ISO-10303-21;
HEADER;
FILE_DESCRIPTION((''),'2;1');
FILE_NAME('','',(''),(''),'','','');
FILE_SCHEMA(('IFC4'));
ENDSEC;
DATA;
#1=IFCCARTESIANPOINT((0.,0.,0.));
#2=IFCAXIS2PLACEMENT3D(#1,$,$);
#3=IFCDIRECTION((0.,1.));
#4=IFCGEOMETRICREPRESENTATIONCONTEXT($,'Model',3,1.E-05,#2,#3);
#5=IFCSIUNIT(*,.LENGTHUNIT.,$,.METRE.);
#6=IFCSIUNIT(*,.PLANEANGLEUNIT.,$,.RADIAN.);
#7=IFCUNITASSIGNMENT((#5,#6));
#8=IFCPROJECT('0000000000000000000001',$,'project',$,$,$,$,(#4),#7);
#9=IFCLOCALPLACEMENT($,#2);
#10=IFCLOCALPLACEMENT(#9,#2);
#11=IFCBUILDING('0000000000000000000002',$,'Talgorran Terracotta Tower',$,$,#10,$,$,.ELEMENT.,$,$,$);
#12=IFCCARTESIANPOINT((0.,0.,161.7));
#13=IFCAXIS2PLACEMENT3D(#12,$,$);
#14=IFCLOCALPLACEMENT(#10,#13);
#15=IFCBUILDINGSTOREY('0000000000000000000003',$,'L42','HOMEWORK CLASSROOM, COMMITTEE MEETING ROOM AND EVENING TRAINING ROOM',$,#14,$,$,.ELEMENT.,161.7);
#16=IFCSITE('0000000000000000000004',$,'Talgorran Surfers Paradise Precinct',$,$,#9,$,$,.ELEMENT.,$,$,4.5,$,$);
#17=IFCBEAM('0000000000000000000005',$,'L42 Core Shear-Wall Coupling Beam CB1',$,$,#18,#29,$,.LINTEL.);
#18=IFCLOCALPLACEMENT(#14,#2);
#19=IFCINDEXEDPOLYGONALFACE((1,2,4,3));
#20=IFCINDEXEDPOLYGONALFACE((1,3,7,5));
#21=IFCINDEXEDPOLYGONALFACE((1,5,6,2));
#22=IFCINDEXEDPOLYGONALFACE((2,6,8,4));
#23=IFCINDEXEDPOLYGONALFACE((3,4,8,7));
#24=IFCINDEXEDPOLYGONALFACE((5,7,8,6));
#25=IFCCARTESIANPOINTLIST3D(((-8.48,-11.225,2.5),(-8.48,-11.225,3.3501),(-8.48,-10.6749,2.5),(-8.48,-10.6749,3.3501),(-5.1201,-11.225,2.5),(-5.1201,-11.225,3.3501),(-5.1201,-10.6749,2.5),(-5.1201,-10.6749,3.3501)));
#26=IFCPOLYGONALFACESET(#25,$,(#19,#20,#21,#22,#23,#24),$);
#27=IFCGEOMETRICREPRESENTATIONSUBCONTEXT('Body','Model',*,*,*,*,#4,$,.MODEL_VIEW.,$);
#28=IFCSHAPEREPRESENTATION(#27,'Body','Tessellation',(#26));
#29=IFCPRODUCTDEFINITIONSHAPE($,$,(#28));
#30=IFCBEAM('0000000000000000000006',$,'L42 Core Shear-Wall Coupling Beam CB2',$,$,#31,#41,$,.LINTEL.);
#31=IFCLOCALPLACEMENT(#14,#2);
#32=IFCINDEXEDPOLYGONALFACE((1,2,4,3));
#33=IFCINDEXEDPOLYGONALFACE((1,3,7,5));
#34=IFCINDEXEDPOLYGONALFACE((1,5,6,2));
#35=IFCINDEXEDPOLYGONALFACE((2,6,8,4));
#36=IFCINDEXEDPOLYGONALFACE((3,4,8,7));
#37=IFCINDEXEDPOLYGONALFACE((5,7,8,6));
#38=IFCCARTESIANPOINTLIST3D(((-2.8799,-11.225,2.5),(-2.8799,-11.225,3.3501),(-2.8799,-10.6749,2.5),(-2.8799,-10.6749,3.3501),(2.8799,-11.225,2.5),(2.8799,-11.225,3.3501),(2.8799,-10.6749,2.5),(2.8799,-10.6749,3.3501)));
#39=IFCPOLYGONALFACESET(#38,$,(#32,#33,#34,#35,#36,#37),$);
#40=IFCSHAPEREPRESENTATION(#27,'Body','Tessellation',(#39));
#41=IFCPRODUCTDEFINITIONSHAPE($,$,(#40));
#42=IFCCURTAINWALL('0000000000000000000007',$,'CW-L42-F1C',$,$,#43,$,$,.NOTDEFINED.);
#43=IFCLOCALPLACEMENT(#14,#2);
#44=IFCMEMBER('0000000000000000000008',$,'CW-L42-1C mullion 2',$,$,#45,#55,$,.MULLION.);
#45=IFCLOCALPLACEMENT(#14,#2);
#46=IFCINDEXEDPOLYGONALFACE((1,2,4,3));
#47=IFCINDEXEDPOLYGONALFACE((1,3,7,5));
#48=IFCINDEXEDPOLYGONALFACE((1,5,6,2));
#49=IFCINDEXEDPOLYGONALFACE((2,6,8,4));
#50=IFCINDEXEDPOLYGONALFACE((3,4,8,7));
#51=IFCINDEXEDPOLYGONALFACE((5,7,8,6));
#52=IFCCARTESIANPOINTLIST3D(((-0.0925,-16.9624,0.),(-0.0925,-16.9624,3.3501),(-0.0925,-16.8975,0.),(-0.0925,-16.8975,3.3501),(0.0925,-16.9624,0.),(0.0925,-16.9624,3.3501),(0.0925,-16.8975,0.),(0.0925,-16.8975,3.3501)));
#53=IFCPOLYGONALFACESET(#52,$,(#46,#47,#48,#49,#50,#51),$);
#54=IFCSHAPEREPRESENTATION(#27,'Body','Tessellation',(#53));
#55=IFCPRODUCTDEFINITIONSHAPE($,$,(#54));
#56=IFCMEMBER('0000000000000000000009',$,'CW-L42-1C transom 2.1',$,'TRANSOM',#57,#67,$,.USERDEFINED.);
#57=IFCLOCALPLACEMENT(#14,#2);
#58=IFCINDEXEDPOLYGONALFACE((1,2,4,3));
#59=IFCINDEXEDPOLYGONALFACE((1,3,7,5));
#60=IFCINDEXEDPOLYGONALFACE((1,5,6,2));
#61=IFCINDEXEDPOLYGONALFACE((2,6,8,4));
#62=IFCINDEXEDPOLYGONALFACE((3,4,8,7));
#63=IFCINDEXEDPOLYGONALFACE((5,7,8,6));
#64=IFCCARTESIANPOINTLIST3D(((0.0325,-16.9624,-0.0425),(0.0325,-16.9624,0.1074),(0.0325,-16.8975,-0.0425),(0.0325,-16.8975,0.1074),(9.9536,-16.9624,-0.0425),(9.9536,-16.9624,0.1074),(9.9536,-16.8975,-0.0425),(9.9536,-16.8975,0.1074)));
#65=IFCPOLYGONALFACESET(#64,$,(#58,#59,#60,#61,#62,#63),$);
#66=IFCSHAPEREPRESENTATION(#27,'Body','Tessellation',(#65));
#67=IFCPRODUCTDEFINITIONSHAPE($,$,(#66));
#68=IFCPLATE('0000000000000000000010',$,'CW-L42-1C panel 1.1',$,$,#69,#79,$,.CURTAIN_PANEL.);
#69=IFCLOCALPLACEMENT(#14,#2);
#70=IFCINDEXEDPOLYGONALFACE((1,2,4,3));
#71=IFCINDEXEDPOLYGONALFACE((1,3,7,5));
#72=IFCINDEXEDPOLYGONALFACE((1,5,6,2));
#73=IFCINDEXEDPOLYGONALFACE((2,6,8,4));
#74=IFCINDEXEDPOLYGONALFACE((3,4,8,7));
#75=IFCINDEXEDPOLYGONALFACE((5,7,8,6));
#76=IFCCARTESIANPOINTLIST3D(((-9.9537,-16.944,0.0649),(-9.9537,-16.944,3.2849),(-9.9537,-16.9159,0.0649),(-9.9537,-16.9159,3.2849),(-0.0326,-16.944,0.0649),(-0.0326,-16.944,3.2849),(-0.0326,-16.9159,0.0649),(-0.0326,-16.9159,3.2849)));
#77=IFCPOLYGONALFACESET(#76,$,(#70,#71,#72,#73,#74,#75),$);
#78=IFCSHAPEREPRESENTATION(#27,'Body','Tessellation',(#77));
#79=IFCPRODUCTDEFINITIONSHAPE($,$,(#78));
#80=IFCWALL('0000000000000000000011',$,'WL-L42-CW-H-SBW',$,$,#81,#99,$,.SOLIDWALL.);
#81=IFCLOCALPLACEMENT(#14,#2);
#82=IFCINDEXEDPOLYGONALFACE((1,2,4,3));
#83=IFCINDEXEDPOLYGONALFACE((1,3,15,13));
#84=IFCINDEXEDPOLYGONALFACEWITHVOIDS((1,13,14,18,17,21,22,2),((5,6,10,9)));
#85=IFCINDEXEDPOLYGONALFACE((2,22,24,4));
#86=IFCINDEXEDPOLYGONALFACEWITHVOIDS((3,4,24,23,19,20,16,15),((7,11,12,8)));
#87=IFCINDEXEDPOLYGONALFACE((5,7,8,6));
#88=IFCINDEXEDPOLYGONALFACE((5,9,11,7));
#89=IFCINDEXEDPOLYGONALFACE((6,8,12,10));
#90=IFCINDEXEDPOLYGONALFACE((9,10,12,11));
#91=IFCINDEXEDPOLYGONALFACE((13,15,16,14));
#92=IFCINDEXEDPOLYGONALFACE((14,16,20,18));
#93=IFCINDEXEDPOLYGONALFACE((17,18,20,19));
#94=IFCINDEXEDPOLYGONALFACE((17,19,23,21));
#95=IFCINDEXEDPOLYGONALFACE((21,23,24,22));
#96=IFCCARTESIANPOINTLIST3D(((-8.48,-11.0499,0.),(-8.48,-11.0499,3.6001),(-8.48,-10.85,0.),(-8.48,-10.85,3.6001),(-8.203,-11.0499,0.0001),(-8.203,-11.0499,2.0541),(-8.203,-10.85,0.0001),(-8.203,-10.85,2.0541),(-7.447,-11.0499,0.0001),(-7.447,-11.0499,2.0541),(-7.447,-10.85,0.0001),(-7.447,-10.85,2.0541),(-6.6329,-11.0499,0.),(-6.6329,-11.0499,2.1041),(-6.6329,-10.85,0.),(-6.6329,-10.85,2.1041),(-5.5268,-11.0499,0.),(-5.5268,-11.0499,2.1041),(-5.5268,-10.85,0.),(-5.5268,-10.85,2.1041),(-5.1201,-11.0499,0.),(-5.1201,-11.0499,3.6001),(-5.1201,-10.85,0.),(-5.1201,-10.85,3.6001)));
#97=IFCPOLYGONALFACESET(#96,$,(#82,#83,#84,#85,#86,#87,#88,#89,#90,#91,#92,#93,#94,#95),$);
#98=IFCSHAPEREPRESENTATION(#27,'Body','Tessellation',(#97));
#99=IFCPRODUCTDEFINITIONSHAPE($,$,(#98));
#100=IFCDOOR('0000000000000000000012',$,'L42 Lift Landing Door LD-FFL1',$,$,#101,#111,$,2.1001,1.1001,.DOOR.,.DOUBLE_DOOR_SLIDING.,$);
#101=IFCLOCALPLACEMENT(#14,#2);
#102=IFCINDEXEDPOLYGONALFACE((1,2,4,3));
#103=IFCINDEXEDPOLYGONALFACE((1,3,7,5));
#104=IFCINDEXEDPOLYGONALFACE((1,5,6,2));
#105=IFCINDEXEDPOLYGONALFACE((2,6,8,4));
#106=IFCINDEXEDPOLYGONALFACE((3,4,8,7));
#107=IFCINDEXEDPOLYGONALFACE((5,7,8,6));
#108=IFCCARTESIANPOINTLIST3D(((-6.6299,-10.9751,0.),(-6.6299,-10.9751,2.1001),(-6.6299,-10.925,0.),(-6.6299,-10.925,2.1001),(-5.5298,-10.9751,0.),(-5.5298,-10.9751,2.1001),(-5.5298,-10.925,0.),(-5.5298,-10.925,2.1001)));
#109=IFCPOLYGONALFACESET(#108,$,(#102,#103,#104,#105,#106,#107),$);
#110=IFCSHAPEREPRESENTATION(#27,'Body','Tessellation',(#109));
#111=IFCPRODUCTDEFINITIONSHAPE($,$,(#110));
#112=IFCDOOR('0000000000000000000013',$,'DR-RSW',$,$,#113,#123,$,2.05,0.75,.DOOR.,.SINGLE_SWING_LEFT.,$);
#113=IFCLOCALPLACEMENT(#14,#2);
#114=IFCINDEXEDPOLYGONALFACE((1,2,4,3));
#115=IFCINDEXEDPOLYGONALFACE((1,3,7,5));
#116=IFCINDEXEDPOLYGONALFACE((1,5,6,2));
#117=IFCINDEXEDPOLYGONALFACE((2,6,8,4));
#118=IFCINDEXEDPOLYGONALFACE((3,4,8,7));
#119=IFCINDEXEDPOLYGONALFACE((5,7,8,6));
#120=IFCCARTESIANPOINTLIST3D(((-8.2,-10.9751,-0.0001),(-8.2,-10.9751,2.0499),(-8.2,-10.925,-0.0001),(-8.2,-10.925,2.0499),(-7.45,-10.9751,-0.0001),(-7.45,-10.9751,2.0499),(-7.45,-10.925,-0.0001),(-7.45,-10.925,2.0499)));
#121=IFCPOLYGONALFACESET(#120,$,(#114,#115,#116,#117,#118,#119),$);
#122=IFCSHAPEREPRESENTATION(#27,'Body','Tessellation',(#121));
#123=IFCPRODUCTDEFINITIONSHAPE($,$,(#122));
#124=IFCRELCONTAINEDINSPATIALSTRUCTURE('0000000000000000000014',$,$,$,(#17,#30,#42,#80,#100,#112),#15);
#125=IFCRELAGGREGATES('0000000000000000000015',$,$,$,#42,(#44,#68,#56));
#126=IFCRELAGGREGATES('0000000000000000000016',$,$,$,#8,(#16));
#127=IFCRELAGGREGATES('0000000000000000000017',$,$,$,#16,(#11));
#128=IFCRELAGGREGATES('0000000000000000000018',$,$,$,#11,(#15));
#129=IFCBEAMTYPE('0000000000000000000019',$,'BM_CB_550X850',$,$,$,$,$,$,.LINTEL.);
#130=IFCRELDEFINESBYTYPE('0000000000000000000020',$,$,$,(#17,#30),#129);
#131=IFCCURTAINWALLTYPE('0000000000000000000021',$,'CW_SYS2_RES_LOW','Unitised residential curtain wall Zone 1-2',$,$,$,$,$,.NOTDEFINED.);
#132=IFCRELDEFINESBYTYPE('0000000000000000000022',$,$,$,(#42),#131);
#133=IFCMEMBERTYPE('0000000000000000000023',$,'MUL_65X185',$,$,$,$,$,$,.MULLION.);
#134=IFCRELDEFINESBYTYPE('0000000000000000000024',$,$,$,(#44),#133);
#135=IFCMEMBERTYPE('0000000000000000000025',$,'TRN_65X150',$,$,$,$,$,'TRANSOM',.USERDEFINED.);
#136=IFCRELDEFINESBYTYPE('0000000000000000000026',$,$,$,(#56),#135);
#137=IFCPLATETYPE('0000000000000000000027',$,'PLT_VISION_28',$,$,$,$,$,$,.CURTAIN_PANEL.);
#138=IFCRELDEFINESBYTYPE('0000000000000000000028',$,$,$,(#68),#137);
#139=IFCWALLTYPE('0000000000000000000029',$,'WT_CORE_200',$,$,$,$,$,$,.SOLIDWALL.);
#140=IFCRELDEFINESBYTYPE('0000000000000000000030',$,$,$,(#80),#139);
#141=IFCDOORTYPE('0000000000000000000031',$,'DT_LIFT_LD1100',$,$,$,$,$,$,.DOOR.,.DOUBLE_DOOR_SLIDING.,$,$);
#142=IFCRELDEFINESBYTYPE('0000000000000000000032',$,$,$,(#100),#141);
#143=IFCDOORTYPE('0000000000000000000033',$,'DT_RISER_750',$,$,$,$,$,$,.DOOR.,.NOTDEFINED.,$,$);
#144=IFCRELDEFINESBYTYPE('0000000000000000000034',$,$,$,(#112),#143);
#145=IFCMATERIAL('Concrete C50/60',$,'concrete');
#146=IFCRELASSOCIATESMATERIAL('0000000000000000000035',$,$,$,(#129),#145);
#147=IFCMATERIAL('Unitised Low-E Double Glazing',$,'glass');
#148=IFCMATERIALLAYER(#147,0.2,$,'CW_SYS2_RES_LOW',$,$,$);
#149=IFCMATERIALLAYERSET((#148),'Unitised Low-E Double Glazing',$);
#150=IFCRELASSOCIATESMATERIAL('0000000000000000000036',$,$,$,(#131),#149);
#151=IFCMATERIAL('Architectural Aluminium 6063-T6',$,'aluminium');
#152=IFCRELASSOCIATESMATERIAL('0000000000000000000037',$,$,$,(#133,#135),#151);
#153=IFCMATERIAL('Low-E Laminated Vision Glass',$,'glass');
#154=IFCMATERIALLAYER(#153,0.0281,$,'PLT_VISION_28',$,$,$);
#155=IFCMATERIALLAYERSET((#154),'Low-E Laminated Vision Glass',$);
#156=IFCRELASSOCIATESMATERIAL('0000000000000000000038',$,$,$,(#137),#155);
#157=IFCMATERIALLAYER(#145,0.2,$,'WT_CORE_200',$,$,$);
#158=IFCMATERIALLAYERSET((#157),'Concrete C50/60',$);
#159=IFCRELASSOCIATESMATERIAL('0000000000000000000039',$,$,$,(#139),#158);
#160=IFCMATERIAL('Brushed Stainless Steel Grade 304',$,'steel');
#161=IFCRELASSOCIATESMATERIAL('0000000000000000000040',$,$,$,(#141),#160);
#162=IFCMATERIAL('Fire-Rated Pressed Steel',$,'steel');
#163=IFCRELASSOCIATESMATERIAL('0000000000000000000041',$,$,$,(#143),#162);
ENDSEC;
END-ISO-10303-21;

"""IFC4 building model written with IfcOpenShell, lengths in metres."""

from ifc_helpers import new_model, si_unit, direction, frame, frame_2d, origin, origin_2d, place, context, subcontext, project, spatial, rectangle, extrude, source, transform, mapped, material, layer, layer_set, material_profile, profile_set, type_object, type_shapes, element, fill, aggregate, save


model = new_model("IFC4")

# Units and contexts
model_context = context("Model", 3, precision=1e-05, world=origin(), true_north=direction((0.0, 1.0)))
body_context = subcontext(model_context, "Body", "Model", "MODEL_VIEW")
ifc_project = project(units=[si_unit("LENGTHUNIT", "METRE"), si_unit("PLANEANGLEUNIT", "RADIAN")], contexts=[model_context])

# Site, building, storey
site_placement = place(None, origin())
site = spatial("IfcSite", under=ifc_project, at=site_placement, Name="Talgorran Surfers Paradise Precinct", CompositionType="ELEMENT", RefElevation=4.5)
building_placement = place(site_placement, origin())
building = spatial("IfcBuilding", under=site, at=building_placement, Name="Talgorran Terracotta Tower", CompositionType="ELEMENT")
storey_placement = place(building_placement, frame((0.0, 0.0, 161.7)))
storey = spatial("IfcBuildingStorey", under=building, at=storey_placement, Name="L42", Description="HOMEWORK CLASSROOM, COMMITTEE MEETING ROOM AND EVENING TRAINING ROOM", CompositionType="ELEMENT", Elevation=161.7)

# Beams
ifc_material_1 = material(Name="Concrete C50/60", Category="concrete")
ifc_material_profile_1 = material_profile(ifc_material_1, rectangle(XDim=0.55, YDim=0.8501, at=origin_2d()), Name="RCCB550X850")
ifc_profile_set_1 = profile_set([ifc_material_profile_1], Name="Concrete C50/60")
beam_type = type_object("IfcBeamType", Name="BM_CB_550X850", PredefinedType="LINTEL", material=ifc_profile_set_1)
beam_1_placement = place(storey_placement, frame((-8.48, -10.95, 2.925), z_axis=(1.0, 0.0, 0.0), x_axis=(0.0, 1.0, 0.0)))
element("IfcBeam", 1, at=beam_1_placement, inside=storey, type_object=beam_type, Name="L42 Core Shear-Wall Coupling Beam CB1", PredefinedType="LINTEL", context=body_context, shape_type="SweptSolid", body=[
    extrude(rectangle(XDim=0.55, YDim=0.8501, at=origin_2d()), origin(), (0.0, 0.0, 1.0), 3.3599),
])
beam_2_placement = place(storey_placement, frame((-2.8799, -10.95, 2.925), z_axis=(1.0, 0.0, 0.0), x_axis=(0.0, 1.0, 0.0)))
element("IfcBeam", 2, at=beam_2_placement, inside=storey, type_object=beam_type, Name="L42 Core Shear-Wall Coupling Beam CB2", PredefinedType="LINTEL", context=body_context, shape_type="SweptSolid", body=[
    extrude(rectangle(XDim=0.55, YDim=0.8501, at=origin_2d()), origin(), (0.0, 0.0, 1.0), 5.7598),
])

# Curtain wall, members, plate
ifc_material_2 = material(Name="Unitised Low-E Double Glazing", Category="glass")
ifc_layer_1 = layer(ifc_material_2, 0.2, Name="CW_SYS2_RES_LOW")
ifc_layer_set_1 = layer_set([ifc_layer_1], Name="Unitised Low-E Double Glazing")
curtain_wall_type = type_object("IfcCurtainWallType", Name="CW_SYS2_RES_LOW", Description="Unitised residential curtain wall Zone 1-2", PredefinedType="NOTDEFINED", material=ifc_layer_set_1)
curtain_wall_placement = place(storey_placement, origin())
curtain_wall = element("IfcCurtainWall", 3, at=curtain_wall_placement, inside=storey, type_object=curtain_wall_type, Name="CW-L42-F1C", PredefinedType="NOTDEFINED")
ifc_material_3 = material(Name="Architectural Aluminium 6063-T6", Category="aluminium")
ifc_material_profile_2 = material_profile(ifc_material_3, rectangle(XDim=0.0649, YDim=0.1851, at=origin_2d()), Name="CWM65X185")
ifc_profile_set_2 = profile_set([ifc_material_profile_2], Name="Architectural Aluminium 6063-T6")
member_type_1 = type_object("IfcMemberType", Name="MUL_65X185", PredefinedType="MULLION", material=ifc_profile_set_2)
member_1_placement = place(storey_placement, frame((0.0, -16.9299, 0.0), z_axis=(0.0, 0.0, 1.0), x_axis=(0.0, 1.0, 0.0)))
member_1 = element("IfcMember", 4, at=member_1_placement, type_object=member_type_1, Name="CW-L42-1C mullion 2", PredefinedType="MULLION", context=body_context, shape_type="SweptSolid", body=[
    extrude(rectangle(XDim=0.0649, YDim=0.1851, at=origin_2d()), origin(), (0.0, 0.0, 1.0), 3.3501),
])
ifc_material_profile_3 = material_profile(ifc_material_3, rectangle(XDim=0.0649, YDim=0.1499, at=origin_2d()), Name="CWT65X150")
ifc_profile_set_3 = profile_set([ifc_material_profile_3], Name="Architectural Aluminium 6063-T6")
member_type_2 = type_object("IfcMemberType", Name="TRN_65X150", ElementType="TRANSOM", PredefinedType="USERDEFINED", material=ifc_profile_set_3)
member_2_placement = place(storey_placement, frame((0.0325, -16.9299, 0.0325), z_axis=(1.0, 0.0, 0.0), x_axis=(0.0, 1.0, 0.0)))
member_2 = element("IfcMember", 5, at=member_2_placement, type_object=member_type_2, Name="CW-L42-1C transom 2.1", ObjectType="TRANSOM", PredefinedType="USERDEFINED", context=body_context, shape_type="SweptSolid", body=[
    extrude(rectangle(XDim=0.0649, YDim=0.1499, at=origin_2d()), origin(), (0.0, 0.0, 1.0), 9.9211),
])
ifc_material_4 = material(Name="Low-E Laminated Vision Glass", Category="glass")
ifc_layer_2 = layer(ifc_material_4, 0.0281, Name="PLT_VISION_28")
ifc_layer_set_2 = layer_set([ifc_layer_2], Name="Low-E Laminated Vision Glass")
plate_type = type_object("IfcPlateType", Name="PLT_VISION_28", PredefinedType="CURTAIN_PANEL", material=ifc_layer_set_2)
shared_shape = source(origin(), body_context, "Body", "SweptSolid", [
    extrude(rectangle(XDim=9.9211, YDim=0.0281, at=origin_2d()), origin(), (0.0, 0.0, 1.0), 3.22),
])
type_shapes(plate_type, [shared_shape])
plate_placement = place(storey_placement, frame((-4.9932, -16.9299, 0.0649), z_axis=(0.0, 0.0, 1.0), x_axis=(1.0, 0.0, 0.0)))
plate = element("IfcPlate", 6, at=plate_placement, type_object=plate_type, Name="CW-L42-1C panel 1.1", PredefinedType="CURTAIN_PANEL", context=body_context, shape_type="MappedRepresentation", body=[
    mapped(shared_shape, transform((0.0, 0.0, 0.0), scale=1.0)),
])
aggregate(curtain_wall, [member_1, plate, member_2])

# Wall, openings, doors
ifc_layer_3 = layer(ifc_material_1, 0.2, Name="WT_CORE_200")
ifc_layer_set_3 = layer_set([ifc_layer_3], Name="Concrete C50/60")
wall_type_1 = type_object("IfcWallType", Name="WT_CORE_200", PredefinedType="SOLIDWALL", material=ifc_layer_set_3)
wall_1_placement = place(storey_placement, frame((-8.48, -10.95, 0.0), z_axis=(0.0, 0.0, 1.0), x_axis=(1.0, 0.0, 0.0)))
wall_1 = element("IfcWall", 7, at=wall_1_placement, inside=storey, type_object=wall_type_1, Name="WL-L42-CW-H-SBW", PredefinedType="SOLIDWALL", context=body_context, shape_type="SweptSolid", body=[
    extrude(rectangle(XDim=3.3599, YDim=0.2, at=frame_2d((1.6799, 0.0))), origin(), (0.0, 0.0, 1.0), 3.6001),
])
opening_1_placement = place(wall_1_placement, frame((0.28, 0.0, 0.0)))
opening_1 = element("IfcOpeningElement", 8, at=opening_1_placement, cuts=wall_1, PredefinedType="OPENING", context=body_context, shape_type="SweptSolid", body=[
    extrude(rectangle(XDim=0.756, YDim=2.054, at=frame_2d((0.375, 1.0271))), frame((0.0, 0.1099, 0.0), z_axis=(0.0, -1.0, 0.0), x_axis=(1.0, 0.0, 0.0)), (0.0, 0.0, 1.0), 0.22),
])
opening_2_placement = place(wall_1_placement, frame((1.8501, 0.0, 0.0)))
opening_2 = element("IfcOpeningElement", 9, at=opening_2_placement, cuts=wall_1, PredefinedType="OPENING", context=body_context, shape_type="SweptSolid", body=[
    extrude(rectangle(XDim=1.1061, YDim=2.1041, at=frame_2d((0.55, 1.052))), frame((0.0, 0.1099, 0.0), z_axis=(0.0, -1.0, 0.0), x_axis=(1.0, 0.0, 0.0)), (0.0, 0.0, 1.0), 0.22),
])
ifc_material_5 = material(Name="Brushed Stainless Steel Grade 304", Category="steel")
door_type_1 = type_object("IfcDoorType", Name="DT_LIFT_LD1100", OperationType="DOUBLE_DOOR_SLIDING", PredefinedType="DOOR", material=ifc_material_5)
door_1_placement = place(opening_2_placement, origin())
door_1 = element("IfcDoor", 10, at=door_1_placement, inside=storey, type_object=door_type_1, Name="L42 Lift Landing Door LD-FFL1", OperationType="DOUBLE_DOOR_SLIDING", OverallHeight=2.1001, OverallWidth=1.1001, PredefinedType="DOOR", context=body_context, shape_type="SweptSolid", body=[
    extrude(rectangle(XDim=1.1001, YDim=2.1001, at=frame_2d((0.55, 1.05))), frame((0.0, 0.0249, 0.0), z_axis=(0.0, -1.0, 0.0), x_axis=(1.0, 0.0, 0.0)), (0.0, 0.0, 1.0), 0.05),
])
fill(opening_2, door_1)
ifc_material_6 = material(Name="Fire-Rated Pressed Steel", Category="steel")
door_type_2 = type_object("IfcDoorType", Name="DT_RISER_750", OperationType="NOTDEFINED", PredefinedType="DOOR", material=ifc_material_6)
door_2_placement = place(opening_1_placement, origin())
door_2 = element("IfcDoor", 11, at=door_2_placement, inside=storey, type_object=door_type_2, Name="DR-RSW", OperationType="SINGLE_SWING_LEFT", OverallHeight=2.05, OverallWidth=0.75, PredefinedType="DOOR", context=body_context, shape_type="SweptSolid", body=[
    extrude(rectangle(XDim=0.75, YDim=2.05, at=frame_2d((0.375, 1.0249))), frame((0.0, 0.0249, 0.0), z_axis=(0.0, -1.0, 0.0), x_axis=(1.0, 0.0, 0.0)), (0.0, 0.0, 1.0), 0.05),
])
fill(opening_1, door_2)

save(model, "model.ifc")
